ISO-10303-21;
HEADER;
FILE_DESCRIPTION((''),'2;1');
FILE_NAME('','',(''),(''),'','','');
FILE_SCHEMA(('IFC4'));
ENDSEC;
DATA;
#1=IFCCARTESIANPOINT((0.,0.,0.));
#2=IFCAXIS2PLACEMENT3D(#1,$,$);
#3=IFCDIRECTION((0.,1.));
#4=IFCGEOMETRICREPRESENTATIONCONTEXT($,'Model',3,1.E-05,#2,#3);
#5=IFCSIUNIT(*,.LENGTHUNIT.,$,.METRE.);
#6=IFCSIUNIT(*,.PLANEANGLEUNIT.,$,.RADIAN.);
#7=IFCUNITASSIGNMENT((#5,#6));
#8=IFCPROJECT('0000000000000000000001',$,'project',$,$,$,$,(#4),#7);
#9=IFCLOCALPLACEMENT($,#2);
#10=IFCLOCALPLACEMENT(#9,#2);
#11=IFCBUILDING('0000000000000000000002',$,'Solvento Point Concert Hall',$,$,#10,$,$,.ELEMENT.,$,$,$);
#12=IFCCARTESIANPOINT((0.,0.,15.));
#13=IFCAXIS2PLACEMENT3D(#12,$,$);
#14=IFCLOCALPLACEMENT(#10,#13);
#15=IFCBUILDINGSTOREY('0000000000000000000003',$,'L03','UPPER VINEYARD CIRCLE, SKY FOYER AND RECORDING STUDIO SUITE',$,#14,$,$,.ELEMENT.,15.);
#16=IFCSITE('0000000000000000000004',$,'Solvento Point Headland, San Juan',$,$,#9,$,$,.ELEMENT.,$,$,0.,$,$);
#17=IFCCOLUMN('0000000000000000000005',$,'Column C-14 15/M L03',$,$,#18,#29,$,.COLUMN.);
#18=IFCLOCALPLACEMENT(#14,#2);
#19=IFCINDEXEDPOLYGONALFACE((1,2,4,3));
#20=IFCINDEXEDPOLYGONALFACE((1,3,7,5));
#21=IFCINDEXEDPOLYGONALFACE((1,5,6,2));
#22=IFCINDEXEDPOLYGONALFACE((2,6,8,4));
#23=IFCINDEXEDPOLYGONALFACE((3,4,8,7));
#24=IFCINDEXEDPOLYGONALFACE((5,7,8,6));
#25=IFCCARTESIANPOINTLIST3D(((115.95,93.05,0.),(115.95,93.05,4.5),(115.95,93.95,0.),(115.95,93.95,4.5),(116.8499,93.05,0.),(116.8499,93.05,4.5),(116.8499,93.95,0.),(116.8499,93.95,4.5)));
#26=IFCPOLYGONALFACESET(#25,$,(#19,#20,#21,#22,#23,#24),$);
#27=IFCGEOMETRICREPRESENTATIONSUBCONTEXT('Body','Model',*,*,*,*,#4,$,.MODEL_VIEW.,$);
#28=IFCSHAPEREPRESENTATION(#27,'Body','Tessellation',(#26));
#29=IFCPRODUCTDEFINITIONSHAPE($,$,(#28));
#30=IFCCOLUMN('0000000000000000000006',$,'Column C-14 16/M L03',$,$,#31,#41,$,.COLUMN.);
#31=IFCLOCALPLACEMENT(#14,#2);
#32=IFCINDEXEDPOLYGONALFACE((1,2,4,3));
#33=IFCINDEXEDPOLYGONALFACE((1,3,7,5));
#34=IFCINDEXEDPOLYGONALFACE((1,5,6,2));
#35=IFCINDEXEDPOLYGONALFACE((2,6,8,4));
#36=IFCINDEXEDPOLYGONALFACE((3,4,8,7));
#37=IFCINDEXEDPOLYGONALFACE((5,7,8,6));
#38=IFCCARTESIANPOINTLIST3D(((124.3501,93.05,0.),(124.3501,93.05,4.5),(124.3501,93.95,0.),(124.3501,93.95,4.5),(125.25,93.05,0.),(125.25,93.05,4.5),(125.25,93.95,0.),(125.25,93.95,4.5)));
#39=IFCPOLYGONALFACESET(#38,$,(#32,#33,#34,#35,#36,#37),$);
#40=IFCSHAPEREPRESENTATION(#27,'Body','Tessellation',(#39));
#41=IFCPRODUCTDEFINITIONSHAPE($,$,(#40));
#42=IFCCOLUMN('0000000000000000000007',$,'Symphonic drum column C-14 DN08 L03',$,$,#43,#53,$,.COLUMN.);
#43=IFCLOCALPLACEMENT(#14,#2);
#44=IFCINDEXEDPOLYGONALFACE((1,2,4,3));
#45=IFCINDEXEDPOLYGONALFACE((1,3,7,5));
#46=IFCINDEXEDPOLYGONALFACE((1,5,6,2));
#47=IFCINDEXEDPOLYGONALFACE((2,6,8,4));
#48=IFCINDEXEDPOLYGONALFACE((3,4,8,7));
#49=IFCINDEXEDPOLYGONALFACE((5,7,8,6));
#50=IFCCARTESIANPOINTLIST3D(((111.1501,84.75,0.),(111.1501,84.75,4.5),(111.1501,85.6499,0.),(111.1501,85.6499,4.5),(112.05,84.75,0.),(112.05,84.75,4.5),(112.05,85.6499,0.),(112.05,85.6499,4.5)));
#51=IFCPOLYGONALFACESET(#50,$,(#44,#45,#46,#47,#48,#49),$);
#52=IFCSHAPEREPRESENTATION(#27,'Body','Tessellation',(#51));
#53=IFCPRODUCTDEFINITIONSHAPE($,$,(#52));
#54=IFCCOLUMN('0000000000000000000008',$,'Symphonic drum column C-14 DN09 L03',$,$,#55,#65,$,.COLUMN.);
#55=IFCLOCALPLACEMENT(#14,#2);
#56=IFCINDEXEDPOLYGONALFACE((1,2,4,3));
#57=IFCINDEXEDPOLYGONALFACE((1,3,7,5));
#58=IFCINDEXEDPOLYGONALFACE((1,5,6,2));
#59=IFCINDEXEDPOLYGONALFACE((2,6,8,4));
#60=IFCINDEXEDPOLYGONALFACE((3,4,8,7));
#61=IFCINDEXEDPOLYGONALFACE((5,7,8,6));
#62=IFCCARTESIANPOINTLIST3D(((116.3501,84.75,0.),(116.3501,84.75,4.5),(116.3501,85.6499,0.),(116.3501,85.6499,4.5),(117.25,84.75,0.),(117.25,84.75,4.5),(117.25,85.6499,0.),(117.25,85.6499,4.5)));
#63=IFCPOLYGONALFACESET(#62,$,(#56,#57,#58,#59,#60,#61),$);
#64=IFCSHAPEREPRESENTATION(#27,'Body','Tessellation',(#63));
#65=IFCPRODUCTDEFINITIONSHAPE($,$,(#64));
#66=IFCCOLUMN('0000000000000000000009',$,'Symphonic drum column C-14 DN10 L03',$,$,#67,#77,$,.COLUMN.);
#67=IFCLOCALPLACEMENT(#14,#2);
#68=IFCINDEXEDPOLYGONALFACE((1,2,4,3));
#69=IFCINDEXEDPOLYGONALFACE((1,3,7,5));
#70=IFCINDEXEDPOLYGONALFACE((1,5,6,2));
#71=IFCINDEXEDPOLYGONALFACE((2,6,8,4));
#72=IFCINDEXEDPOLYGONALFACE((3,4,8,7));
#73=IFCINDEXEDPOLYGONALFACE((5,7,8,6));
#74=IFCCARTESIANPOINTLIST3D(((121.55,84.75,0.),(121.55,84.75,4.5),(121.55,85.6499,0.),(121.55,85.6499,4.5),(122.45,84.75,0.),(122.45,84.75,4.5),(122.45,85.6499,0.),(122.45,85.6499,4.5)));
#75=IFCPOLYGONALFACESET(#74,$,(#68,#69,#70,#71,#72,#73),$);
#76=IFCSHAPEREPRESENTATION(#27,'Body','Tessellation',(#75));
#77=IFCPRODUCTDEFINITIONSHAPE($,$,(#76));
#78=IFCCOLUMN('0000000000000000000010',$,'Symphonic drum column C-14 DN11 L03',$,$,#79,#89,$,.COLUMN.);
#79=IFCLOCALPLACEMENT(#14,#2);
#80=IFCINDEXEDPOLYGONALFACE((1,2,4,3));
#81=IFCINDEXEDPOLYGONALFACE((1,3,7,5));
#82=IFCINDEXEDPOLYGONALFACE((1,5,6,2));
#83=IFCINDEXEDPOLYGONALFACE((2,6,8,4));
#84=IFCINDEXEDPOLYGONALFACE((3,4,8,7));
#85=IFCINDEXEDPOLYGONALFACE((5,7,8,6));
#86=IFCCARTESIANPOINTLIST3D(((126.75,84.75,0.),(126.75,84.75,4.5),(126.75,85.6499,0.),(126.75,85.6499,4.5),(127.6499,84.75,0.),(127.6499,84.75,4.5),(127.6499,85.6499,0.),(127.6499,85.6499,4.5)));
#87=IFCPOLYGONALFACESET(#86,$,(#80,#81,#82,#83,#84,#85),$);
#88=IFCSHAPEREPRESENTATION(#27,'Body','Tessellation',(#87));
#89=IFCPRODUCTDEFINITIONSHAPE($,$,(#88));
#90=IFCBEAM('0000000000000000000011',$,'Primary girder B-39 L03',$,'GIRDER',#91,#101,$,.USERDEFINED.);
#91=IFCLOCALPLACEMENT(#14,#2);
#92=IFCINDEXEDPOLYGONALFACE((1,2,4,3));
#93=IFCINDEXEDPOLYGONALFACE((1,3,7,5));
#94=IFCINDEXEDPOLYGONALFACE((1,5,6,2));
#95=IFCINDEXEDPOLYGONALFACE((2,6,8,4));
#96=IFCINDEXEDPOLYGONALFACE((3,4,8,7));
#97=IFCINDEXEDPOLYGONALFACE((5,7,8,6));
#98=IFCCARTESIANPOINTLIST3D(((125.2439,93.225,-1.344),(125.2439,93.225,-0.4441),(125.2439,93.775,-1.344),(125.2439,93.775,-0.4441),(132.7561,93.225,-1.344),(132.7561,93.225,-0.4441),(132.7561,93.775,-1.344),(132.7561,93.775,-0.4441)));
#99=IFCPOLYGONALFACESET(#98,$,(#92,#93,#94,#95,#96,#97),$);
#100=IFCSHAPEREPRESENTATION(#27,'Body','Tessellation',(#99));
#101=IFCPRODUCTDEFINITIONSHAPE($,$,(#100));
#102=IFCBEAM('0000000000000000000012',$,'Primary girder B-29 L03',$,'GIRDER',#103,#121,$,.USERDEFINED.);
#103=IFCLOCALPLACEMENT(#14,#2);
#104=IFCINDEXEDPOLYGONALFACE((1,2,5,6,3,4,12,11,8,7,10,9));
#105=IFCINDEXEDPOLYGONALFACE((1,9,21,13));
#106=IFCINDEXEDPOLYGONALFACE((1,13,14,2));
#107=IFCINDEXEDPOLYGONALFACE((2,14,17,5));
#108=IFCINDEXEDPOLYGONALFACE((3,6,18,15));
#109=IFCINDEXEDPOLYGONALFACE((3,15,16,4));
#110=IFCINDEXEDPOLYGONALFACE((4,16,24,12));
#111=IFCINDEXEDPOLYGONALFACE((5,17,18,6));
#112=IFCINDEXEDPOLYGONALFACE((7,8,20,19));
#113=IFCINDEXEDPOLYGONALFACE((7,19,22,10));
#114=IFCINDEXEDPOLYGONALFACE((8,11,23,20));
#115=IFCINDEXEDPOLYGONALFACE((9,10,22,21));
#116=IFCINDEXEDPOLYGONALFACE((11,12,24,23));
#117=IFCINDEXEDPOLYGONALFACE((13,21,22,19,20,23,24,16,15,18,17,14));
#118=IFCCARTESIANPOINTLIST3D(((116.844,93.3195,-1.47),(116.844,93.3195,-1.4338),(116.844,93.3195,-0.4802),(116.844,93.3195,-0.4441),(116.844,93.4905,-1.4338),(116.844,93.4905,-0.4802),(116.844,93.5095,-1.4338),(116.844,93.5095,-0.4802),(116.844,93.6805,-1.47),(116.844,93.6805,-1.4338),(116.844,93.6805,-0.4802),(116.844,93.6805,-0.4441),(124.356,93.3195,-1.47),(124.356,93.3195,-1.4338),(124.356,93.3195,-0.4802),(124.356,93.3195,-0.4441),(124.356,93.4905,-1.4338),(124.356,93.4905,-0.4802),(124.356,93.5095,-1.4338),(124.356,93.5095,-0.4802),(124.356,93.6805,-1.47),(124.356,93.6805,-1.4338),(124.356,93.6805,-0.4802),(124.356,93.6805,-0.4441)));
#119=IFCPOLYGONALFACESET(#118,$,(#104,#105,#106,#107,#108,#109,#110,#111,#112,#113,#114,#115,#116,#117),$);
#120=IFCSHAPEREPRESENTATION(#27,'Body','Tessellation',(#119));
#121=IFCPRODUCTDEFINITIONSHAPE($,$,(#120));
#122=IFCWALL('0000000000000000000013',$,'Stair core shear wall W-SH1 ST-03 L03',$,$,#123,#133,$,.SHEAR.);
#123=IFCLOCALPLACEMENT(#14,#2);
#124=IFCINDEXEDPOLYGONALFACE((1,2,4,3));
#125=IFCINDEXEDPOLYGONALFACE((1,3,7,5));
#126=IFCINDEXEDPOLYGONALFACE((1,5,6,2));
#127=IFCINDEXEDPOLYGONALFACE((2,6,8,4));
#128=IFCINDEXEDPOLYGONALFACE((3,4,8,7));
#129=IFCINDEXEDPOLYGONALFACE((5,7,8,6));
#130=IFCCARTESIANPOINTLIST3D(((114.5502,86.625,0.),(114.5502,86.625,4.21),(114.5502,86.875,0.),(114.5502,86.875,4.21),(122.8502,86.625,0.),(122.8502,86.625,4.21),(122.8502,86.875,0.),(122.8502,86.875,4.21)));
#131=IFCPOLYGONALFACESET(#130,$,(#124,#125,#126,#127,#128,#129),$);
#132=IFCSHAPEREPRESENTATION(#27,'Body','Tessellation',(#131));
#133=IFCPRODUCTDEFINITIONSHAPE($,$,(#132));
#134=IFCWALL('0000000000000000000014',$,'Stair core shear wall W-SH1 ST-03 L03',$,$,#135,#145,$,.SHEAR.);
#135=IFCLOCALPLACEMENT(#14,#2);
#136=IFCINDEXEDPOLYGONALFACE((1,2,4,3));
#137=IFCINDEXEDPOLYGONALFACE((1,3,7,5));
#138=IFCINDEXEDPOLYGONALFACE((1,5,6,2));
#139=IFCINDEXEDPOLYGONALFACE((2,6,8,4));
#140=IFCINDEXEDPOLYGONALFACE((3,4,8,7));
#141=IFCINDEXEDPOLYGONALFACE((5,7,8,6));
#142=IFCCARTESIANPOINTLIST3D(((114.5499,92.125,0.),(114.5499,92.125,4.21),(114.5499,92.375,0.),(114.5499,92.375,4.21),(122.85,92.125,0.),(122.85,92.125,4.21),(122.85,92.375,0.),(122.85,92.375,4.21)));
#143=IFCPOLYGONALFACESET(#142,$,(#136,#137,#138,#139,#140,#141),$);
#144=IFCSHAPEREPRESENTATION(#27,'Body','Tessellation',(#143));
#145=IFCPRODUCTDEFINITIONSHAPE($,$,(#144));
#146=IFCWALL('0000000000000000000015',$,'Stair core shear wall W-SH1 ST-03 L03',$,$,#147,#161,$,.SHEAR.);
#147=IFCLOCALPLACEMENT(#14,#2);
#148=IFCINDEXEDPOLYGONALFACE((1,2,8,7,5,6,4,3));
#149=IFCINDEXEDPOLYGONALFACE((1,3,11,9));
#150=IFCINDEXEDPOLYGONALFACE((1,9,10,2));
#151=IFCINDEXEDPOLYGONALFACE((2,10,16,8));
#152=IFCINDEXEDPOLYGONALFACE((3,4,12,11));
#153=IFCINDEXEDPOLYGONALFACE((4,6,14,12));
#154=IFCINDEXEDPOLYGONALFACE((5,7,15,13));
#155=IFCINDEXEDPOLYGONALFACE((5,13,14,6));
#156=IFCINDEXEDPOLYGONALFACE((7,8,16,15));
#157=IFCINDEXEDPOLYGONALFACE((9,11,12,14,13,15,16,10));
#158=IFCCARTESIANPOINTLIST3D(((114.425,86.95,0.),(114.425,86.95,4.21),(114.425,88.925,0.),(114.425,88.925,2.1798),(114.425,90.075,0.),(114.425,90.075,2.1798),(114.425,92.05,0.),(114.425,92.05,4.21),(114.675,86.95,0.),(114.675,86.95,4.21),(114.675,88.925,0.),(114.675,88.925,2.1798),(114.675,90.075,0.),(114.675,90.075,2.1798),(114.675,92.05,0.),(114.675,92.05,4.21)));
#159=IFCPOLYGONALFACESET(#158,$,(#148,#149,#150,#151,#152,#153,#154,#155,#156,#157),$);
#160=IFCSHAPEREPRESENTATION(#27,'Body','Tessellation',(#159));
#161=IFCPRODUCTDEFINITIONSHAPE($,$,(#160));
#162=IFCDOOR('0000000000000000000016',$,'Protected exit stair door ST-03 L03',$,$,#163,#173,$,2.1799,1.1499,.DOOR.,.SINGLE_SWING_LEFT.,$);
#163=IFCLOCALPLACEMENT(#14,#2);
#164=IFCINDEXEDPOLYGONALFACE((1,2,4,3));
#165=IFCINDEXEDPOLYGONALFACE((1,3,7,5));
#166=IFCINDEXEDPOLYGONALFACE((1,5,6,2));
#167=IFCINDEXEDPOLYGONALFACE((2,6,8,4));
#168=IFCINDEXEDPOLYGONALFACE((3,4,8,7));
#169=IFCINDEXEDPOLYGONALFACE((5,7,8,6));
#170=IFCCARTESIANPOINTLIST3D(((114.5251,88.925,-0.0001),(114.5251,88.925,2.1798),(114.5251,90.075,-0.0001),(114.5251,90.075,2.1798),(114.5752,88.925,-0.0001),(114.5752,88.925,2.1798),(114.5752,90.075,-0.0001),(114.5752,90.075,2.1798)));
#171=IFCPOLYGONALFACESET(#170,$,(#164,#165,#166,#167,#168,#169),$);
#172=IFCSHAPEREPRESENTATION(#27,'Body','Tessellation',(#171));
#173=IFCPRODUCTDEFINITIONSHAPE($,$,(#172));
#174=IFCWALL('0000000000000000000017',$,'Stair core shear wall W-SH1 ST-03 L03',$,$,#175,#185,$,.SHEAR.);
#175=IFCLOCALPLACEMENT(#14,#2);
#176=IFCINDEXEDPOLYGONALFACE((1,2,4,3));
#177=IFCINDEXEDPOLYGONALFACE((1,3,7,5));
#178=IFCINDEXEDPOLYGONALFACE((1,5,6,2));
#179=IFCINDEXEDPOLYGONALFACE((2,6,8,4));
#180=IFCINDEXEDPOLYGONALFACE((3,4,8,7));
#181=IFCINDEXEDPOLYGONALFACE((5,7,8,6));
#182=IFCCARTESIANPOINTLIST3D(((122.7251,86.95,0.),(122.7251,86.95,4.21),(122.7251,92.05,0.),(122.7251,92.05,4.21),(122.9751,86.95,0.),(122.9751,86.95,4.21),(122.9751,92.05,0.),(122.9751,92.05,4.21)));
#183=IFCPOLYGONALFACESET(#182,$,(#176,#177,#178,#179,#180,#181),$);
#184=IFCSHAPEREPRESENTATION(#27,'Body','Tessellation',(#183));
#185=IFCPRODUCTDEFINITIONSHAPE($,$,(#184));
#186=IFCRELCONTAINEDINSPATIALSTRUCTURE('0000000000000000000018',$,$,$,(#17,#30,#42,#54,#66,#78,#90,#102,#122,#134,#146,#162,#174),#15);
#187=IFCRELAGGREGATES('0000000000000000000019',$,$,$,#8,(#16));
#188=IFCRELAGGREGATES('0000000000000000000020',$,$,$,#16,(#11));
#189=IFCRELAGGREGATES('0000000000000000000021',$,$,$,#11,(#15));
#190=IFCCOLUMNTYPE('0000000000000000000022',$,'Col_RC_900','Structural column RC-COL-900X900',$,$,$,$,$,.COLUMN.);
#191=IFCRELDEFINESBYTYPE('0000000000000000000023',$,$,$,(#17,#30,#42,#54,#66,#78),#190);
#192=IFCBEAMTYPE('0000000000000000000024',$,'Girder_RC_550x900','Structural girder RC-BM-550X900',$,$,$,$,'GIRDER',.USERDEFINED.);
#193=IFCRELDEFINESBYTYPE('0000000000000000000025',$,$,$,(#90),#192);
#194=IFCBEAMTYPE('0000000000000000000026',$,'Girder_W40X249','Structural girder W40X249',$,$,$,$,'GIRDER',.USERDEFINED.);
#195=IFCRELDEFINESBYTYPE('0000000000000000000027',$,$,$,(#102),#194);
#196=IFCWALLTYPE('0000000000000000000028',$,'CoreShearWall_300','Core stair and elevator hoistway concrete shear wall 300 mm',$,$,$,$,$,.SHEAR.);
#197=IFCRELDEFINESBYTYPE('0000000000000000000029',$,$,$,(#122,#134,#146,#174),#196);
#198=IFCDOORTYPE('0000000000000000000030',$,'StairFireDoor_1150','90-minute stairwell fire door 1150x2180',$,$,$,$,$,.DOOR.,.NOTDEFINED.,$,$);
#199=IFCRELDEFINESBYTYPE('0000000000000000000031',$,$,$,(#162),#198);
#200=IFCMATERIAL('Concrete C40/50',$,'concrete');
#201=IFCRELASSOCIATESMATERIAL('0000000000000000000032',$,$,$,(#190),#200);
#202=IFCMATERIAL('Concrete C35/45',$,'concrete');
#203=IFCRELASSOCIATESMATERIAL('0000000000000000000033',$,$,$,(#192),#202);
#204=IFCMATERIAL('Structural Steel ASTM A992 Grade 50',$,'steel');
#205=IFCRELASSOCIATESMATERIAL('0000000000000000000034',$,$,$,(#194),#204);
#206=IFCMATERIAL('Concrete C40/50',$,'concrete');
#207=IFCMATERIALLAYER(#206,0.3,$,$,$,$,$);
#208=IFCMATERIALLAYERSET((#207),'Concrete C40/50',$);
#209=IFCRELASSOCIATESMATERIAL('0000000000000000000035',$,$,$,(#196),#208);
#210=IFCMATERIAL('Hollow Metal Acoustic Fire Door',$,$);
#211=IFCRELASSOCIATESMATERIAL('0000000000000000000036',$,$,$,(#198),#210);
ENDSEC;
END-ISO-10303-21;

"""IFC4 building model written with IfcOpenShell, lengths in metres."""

from ifc_helpers import new_model, si_unit, direction, frame, frame_2d, origin, origin_2d, place, context, subcontext, project, spatial, rectangle, i_section, extrude, material, layer, layer_set, material_profile, profile_set, type_object, element, fill, save


model = new_model("IFC4")

# Units and contexts
model_context = context("Model", 3, precision=1e-05, world=origin(), true_north=direction((0.0, 1.0)))
body_context = subcontext(model_context, "Body", "Model", "MODEL_VIEW")
ifc_project = project(units=[si_unit("LENGTHUNIT", "METRE"), si_unit("PLANEANGLEUNIT", "RADIAN")], contexts=[model_context])

# Site, building, storey
site_placement = place(None, origin())
site = spatial("IfcSite", under=ifc_project, at=site_placement, Name="Solvento Point Headland, San Juan", CompositionType="ELEMENT", RefElevation=0.0)
building_placement = place(site_placement, origin())
building = spatial("IfcBuilding", under=site, at=building_placement, Name="Solvento Point Concert Hall", CompositionType="ELEMENT")
storey_placement = place(building_placement, frame((0.0, 0.0, 15.0)))
storey = spatial("IfcBuildingStorey", under=building, at=storey_placement, Name="L03", Description="UPPER VINEYARD CIRCLE, SKY FOYER AND RECORDING STUDIO SUITE", CompositionType="ELEMENT", Elevation=15.0)

# Columns
ifc_material_1 = material(Name="Concrete C40/50", Category="concrete")
ifc_material_profile_1 = material_profile(ifc_material_1, rectangle(XDim=0.8999, YDim=0.8999, at=origin_2d()), Name="RC-COL-900X900")
ifc_profile_set_1 = profile_set([ifc_material_profile_1], Name="Concrete C40/50")
column_type = type_object("IfcColumnType", Name="Col_RC_900", Description="Structural column RC-COL-900X900", PredefinedType="COLUMN", material=ifc_profile_set_1)
for number, where, z_axis, x_axis, name in (
    (1, (116.3999, 93.5, 0.0), (0.0, 0.0, 1.0), (1.0, 0.0, 0.0), "Column C-14 15/M L03"),
    (2, (124.8, 93.5, 0.0), (0.0, 0.0, 1.0), (1.0, 0.0, 0.0), "Column C-14 16/M L03"),
    (3, (111.6001, 85.2, 0.0), (0.0, 0.0, 1.0), (1.0, 0.0, 0.0), "Symphonic drum column C-14 DN08 L03"),
    (4, (116.8, 85.2, 0.0), (0.0, 0.0, 1.0), (1.0, 0.0, 0.0), "Symphonic drum column C-14 DN09 L03"),
    (5, (122.0, 85.2, 0.0), (0.0, 0.0, 1.0), (1.0, 0.0, 0.0), "Symphonic drum column C-14 DN10 L03"),
    (6, (127.2, 85.2, 0.0), (0.0, 0.0, 1.0), (1.0, 0.0, 0.0), "Symphonic drum column C-14 DN11 L03"),
):
    element("IfcColumn", number, at=place(storey_placement, frame(where, z_axis=z_axis, x_axis=x_axis)), inside=storey, type_object=column_type, Name=name, PredefinedType="COLUMN", context=body_context, shape_type="SweptSolid", body=[
        extrude(rectangle(XDim=0.8999, YDim=0.8999, at=origin_2d()), origin(), (0.0, 0.0, 1.0), 4.5),
    ])

# Beams
ifc_material_2 = material(Name="Concrete C35/45", Category="concrete")
ifc_material_profile_2 = material_profile(ifc_material_2, rectangle(XDim=0.55, YDim=0.8999, at=origin_2d()), Name="RC-BM-550X900")
ifc_profile_set_2 = profile_set([ifc_material_profile_2], Name="Concrete C35/45")
beam_type_1 = type_object("IfcBeamType", Name="Girder_RC_550x900", Description="Structural girder RC-BM-550X900", ElementType="GIRDER", PredefinedType="USERDEFINED", material=ifc_profile_set_2)
beam_1_placement = place(storey_placement, frame((125.2439, 93.5, -0.894), z_axis=(1.0, 0.0, 0.0), x_axis=(0.0, 1.0, 0.0)))
element("IfcBeam", 7, at=beam_1_placement, inside=storey, type_object=beam_type_1, Name="Primary girder B-39 L03", ObjectType="GIRDER", PredefinedType="USERDEFINED", context=body_context, shape_type="SweptSolid", body=[
    extrude(rectangle(XDim=0.55, YDim=0.8999, at=origin_2d()), origin(), (0.0, 0.0, 1.0), 7.5122),
])
ifc_material_3 = material(Name="Structural Steel ASTM A992 Grade 50", Category="steel")
ifc_material_profile_3 = material_profile(ifc_material_3, i_section(OverallWidth=0.3611, OverallDepth=1.0259, WebThickness=0.019, FlangeThickness=0.0361, at=origin_2d()), Name="W40X249")
ifc_profile_set_3 = profile_set([ifc_material_profile_3], Name="Structural Steel ASTM A992 Grade 50")
beam_type_2 = type_object("IfcBeamType", Name="Girder_W40X249", Description="Structural girder W40X249", ElementType="GIRDER", PredefinedType="USERDEFINED", material=ifc_profile_set_3)
beam_2_placement = place(storey_placement, frame((116.844, 93.5, -0.957), z_axis=(1.0, 0.0, 0.0), x_axis=(0.0, 1.0, 0.0)))
element("IfcBeam", 8, at=beam_2_placement, inside=storey, type_object=beam_type_2, Name="Primary girder B-29 L03", ObjectType="GIRDER", PredefinedType="USERDEFINED", context=body_context, shape_type="SweptSolid", body=[
    extrude(i_section(OverallWidth=0.3611, OverallDepth=1.0259, WebThickness=0.019, FlangeThickness=0.0361, at=origin_2d()), origin(), (0.0, 0.0, 1.0), 7.512),
])

# Walls
ifc_material_4 = material(Name="Concrete C40/50", Category="concrete")
ifc_layer_1 = layer(ifc_material_4, 0.3)
ifc_layer_set_1 = layer_set([ifc_layer_1], Name="Concrete C40/50")
wall_type_1 = type_object("IfcWallType", Name="CoreShearWall_300", Description="Core stair and elevator hoistway concrete shear wall 300 mm", PredefinedType="SHEAR", material=ifc_layer_set_1)
for number, where, z_axis, x_axis, name in (
    (9, (122.8501, 86.75, 0.0), (0.0, 0.0, 1.0), (-1.0, 0.0, 0.0), "Stair core shear wall W-SH1 ST-03 L03"),
    (10, (114.55, 92.25, 0.0), (0.0, 0.0, 1.0), (1.0, 0.0, 0.0), "Stair core shear wall W-SH1 ST-03 L03"),
):
    element("IfcWall", number, at=place(storey_placement, frame(where, z_axis=z_axis, x_axis=x_axis)), inside=storey, type_object=wall_type_1, Name=name, PredefinedType="SHEAR", context=body_context, shape_type="SweptSolid", body=[
        extrude(rectangle(XDim=8.3, YDim=0.25, at=frame_2d((4.1499, 0.0))), origin(), (0.0, 0.0, 1.0), 4.21),
    ])

# Wall, opening, door
wall_1_placement = place(storey_placement, frame((114.55, 86.95, 0.0), z_axis=(0.0, 0.0, 1.0), x_axis=(0.0, 1.0, 0.0)))
wall_1 = element("IfcWall", 11, at=wall_1_placement, inside=storey, type_object=wall_type_1, Name="Stair core shear wall W-SH1 ST-03 L03", PredefinedType="SHEAR", context=body_context, shape_type="SweptSolid", body=[
    extrude(rectangle(XDim=5.1001, YDim=0.25, at=frame_2d((2.55, 0.0))), origin(), (0.0, 0.0, 1.0), 4.21),
])
opening_1_placement = place(wall_1_placement, frame((1.9751, 0.0, 0.0)))
opening_1 = element("IfcOpeningElement", 12, at=opening_1_placement, cuts=wall_1, PredefinedType="OPENING", context=body_context, shape_type="SweptSolid", body=[
    extrude(rectangle(XDim=1.1499, YDim=2.1799, at=frame_2d((0.575, 1.0898))), frame((0.0, 0.135, 0.0), z_axis=(0.0, -1.0, 0.0), x_axis=(1.0, 0.0, 0.0)), (0.0, 0.0, 1.0), 0.27),
])
ifc_material_5 = material(Name="Hollow Metal Acoustic Fire Door")
door_type_1 = type_object("IfcDoorType", Name="StairFireDoor_1150", Description="90-minute stairwell fire door 1150x2180", OperationType="NOTDEFINED", PredefinedType="DOOR", material=ifc_material_5)
door_1_placement = place(opening_1_placement, origin())
door_1 = element("IfcDoor", 13, at=door_1_placement, inside=storey, type_object=door_type_1, Name="Protected exit stair door ST-03 L03", OperationType="SINGLE_SWING_LEFT", OverallHeight=2.1799, OverallWidth=1.1499, PredefinedType="DOOR", context=body_context, shape_type="SweptSolid", body=[
    extrude(rectangle(XDim=1.1499, YDim=2.1799, at=frame_2d((0.575, 1.0898))), frame((0.0, 0.0249, 0.0), z_axis=(0.0, -1.0, 0.0), x_axis=(1.0, 0.0, 0.0)), (0.0, 0.0, 1.0), 0.05),
])
fill(opening_1, door_1)

# Wall
wall_2_placement = place(storey_placement, frame((122.8501, 92.05, 0.0), z_axis=(0.0, 0.0, 1.0), x_axis=(0.0, -1.0, 0.0)))
element("IfcWall", 14, at=wall_2_placement, inside=storey, type_object=wall_type_1, Name="Stair core shear wall W-SH1 ST-03 L03", PredefinedType="SHEAR", context=body_context, shape_type="SweptSolid", body=[
    extrude(rectangle(XDim=5.1001, YDim=0.25, at=frame_2d((2.55, 0.0))), origin(), (0.0, 0.0, 1.0), 4.21),
])

save(model, "model.ifc")
